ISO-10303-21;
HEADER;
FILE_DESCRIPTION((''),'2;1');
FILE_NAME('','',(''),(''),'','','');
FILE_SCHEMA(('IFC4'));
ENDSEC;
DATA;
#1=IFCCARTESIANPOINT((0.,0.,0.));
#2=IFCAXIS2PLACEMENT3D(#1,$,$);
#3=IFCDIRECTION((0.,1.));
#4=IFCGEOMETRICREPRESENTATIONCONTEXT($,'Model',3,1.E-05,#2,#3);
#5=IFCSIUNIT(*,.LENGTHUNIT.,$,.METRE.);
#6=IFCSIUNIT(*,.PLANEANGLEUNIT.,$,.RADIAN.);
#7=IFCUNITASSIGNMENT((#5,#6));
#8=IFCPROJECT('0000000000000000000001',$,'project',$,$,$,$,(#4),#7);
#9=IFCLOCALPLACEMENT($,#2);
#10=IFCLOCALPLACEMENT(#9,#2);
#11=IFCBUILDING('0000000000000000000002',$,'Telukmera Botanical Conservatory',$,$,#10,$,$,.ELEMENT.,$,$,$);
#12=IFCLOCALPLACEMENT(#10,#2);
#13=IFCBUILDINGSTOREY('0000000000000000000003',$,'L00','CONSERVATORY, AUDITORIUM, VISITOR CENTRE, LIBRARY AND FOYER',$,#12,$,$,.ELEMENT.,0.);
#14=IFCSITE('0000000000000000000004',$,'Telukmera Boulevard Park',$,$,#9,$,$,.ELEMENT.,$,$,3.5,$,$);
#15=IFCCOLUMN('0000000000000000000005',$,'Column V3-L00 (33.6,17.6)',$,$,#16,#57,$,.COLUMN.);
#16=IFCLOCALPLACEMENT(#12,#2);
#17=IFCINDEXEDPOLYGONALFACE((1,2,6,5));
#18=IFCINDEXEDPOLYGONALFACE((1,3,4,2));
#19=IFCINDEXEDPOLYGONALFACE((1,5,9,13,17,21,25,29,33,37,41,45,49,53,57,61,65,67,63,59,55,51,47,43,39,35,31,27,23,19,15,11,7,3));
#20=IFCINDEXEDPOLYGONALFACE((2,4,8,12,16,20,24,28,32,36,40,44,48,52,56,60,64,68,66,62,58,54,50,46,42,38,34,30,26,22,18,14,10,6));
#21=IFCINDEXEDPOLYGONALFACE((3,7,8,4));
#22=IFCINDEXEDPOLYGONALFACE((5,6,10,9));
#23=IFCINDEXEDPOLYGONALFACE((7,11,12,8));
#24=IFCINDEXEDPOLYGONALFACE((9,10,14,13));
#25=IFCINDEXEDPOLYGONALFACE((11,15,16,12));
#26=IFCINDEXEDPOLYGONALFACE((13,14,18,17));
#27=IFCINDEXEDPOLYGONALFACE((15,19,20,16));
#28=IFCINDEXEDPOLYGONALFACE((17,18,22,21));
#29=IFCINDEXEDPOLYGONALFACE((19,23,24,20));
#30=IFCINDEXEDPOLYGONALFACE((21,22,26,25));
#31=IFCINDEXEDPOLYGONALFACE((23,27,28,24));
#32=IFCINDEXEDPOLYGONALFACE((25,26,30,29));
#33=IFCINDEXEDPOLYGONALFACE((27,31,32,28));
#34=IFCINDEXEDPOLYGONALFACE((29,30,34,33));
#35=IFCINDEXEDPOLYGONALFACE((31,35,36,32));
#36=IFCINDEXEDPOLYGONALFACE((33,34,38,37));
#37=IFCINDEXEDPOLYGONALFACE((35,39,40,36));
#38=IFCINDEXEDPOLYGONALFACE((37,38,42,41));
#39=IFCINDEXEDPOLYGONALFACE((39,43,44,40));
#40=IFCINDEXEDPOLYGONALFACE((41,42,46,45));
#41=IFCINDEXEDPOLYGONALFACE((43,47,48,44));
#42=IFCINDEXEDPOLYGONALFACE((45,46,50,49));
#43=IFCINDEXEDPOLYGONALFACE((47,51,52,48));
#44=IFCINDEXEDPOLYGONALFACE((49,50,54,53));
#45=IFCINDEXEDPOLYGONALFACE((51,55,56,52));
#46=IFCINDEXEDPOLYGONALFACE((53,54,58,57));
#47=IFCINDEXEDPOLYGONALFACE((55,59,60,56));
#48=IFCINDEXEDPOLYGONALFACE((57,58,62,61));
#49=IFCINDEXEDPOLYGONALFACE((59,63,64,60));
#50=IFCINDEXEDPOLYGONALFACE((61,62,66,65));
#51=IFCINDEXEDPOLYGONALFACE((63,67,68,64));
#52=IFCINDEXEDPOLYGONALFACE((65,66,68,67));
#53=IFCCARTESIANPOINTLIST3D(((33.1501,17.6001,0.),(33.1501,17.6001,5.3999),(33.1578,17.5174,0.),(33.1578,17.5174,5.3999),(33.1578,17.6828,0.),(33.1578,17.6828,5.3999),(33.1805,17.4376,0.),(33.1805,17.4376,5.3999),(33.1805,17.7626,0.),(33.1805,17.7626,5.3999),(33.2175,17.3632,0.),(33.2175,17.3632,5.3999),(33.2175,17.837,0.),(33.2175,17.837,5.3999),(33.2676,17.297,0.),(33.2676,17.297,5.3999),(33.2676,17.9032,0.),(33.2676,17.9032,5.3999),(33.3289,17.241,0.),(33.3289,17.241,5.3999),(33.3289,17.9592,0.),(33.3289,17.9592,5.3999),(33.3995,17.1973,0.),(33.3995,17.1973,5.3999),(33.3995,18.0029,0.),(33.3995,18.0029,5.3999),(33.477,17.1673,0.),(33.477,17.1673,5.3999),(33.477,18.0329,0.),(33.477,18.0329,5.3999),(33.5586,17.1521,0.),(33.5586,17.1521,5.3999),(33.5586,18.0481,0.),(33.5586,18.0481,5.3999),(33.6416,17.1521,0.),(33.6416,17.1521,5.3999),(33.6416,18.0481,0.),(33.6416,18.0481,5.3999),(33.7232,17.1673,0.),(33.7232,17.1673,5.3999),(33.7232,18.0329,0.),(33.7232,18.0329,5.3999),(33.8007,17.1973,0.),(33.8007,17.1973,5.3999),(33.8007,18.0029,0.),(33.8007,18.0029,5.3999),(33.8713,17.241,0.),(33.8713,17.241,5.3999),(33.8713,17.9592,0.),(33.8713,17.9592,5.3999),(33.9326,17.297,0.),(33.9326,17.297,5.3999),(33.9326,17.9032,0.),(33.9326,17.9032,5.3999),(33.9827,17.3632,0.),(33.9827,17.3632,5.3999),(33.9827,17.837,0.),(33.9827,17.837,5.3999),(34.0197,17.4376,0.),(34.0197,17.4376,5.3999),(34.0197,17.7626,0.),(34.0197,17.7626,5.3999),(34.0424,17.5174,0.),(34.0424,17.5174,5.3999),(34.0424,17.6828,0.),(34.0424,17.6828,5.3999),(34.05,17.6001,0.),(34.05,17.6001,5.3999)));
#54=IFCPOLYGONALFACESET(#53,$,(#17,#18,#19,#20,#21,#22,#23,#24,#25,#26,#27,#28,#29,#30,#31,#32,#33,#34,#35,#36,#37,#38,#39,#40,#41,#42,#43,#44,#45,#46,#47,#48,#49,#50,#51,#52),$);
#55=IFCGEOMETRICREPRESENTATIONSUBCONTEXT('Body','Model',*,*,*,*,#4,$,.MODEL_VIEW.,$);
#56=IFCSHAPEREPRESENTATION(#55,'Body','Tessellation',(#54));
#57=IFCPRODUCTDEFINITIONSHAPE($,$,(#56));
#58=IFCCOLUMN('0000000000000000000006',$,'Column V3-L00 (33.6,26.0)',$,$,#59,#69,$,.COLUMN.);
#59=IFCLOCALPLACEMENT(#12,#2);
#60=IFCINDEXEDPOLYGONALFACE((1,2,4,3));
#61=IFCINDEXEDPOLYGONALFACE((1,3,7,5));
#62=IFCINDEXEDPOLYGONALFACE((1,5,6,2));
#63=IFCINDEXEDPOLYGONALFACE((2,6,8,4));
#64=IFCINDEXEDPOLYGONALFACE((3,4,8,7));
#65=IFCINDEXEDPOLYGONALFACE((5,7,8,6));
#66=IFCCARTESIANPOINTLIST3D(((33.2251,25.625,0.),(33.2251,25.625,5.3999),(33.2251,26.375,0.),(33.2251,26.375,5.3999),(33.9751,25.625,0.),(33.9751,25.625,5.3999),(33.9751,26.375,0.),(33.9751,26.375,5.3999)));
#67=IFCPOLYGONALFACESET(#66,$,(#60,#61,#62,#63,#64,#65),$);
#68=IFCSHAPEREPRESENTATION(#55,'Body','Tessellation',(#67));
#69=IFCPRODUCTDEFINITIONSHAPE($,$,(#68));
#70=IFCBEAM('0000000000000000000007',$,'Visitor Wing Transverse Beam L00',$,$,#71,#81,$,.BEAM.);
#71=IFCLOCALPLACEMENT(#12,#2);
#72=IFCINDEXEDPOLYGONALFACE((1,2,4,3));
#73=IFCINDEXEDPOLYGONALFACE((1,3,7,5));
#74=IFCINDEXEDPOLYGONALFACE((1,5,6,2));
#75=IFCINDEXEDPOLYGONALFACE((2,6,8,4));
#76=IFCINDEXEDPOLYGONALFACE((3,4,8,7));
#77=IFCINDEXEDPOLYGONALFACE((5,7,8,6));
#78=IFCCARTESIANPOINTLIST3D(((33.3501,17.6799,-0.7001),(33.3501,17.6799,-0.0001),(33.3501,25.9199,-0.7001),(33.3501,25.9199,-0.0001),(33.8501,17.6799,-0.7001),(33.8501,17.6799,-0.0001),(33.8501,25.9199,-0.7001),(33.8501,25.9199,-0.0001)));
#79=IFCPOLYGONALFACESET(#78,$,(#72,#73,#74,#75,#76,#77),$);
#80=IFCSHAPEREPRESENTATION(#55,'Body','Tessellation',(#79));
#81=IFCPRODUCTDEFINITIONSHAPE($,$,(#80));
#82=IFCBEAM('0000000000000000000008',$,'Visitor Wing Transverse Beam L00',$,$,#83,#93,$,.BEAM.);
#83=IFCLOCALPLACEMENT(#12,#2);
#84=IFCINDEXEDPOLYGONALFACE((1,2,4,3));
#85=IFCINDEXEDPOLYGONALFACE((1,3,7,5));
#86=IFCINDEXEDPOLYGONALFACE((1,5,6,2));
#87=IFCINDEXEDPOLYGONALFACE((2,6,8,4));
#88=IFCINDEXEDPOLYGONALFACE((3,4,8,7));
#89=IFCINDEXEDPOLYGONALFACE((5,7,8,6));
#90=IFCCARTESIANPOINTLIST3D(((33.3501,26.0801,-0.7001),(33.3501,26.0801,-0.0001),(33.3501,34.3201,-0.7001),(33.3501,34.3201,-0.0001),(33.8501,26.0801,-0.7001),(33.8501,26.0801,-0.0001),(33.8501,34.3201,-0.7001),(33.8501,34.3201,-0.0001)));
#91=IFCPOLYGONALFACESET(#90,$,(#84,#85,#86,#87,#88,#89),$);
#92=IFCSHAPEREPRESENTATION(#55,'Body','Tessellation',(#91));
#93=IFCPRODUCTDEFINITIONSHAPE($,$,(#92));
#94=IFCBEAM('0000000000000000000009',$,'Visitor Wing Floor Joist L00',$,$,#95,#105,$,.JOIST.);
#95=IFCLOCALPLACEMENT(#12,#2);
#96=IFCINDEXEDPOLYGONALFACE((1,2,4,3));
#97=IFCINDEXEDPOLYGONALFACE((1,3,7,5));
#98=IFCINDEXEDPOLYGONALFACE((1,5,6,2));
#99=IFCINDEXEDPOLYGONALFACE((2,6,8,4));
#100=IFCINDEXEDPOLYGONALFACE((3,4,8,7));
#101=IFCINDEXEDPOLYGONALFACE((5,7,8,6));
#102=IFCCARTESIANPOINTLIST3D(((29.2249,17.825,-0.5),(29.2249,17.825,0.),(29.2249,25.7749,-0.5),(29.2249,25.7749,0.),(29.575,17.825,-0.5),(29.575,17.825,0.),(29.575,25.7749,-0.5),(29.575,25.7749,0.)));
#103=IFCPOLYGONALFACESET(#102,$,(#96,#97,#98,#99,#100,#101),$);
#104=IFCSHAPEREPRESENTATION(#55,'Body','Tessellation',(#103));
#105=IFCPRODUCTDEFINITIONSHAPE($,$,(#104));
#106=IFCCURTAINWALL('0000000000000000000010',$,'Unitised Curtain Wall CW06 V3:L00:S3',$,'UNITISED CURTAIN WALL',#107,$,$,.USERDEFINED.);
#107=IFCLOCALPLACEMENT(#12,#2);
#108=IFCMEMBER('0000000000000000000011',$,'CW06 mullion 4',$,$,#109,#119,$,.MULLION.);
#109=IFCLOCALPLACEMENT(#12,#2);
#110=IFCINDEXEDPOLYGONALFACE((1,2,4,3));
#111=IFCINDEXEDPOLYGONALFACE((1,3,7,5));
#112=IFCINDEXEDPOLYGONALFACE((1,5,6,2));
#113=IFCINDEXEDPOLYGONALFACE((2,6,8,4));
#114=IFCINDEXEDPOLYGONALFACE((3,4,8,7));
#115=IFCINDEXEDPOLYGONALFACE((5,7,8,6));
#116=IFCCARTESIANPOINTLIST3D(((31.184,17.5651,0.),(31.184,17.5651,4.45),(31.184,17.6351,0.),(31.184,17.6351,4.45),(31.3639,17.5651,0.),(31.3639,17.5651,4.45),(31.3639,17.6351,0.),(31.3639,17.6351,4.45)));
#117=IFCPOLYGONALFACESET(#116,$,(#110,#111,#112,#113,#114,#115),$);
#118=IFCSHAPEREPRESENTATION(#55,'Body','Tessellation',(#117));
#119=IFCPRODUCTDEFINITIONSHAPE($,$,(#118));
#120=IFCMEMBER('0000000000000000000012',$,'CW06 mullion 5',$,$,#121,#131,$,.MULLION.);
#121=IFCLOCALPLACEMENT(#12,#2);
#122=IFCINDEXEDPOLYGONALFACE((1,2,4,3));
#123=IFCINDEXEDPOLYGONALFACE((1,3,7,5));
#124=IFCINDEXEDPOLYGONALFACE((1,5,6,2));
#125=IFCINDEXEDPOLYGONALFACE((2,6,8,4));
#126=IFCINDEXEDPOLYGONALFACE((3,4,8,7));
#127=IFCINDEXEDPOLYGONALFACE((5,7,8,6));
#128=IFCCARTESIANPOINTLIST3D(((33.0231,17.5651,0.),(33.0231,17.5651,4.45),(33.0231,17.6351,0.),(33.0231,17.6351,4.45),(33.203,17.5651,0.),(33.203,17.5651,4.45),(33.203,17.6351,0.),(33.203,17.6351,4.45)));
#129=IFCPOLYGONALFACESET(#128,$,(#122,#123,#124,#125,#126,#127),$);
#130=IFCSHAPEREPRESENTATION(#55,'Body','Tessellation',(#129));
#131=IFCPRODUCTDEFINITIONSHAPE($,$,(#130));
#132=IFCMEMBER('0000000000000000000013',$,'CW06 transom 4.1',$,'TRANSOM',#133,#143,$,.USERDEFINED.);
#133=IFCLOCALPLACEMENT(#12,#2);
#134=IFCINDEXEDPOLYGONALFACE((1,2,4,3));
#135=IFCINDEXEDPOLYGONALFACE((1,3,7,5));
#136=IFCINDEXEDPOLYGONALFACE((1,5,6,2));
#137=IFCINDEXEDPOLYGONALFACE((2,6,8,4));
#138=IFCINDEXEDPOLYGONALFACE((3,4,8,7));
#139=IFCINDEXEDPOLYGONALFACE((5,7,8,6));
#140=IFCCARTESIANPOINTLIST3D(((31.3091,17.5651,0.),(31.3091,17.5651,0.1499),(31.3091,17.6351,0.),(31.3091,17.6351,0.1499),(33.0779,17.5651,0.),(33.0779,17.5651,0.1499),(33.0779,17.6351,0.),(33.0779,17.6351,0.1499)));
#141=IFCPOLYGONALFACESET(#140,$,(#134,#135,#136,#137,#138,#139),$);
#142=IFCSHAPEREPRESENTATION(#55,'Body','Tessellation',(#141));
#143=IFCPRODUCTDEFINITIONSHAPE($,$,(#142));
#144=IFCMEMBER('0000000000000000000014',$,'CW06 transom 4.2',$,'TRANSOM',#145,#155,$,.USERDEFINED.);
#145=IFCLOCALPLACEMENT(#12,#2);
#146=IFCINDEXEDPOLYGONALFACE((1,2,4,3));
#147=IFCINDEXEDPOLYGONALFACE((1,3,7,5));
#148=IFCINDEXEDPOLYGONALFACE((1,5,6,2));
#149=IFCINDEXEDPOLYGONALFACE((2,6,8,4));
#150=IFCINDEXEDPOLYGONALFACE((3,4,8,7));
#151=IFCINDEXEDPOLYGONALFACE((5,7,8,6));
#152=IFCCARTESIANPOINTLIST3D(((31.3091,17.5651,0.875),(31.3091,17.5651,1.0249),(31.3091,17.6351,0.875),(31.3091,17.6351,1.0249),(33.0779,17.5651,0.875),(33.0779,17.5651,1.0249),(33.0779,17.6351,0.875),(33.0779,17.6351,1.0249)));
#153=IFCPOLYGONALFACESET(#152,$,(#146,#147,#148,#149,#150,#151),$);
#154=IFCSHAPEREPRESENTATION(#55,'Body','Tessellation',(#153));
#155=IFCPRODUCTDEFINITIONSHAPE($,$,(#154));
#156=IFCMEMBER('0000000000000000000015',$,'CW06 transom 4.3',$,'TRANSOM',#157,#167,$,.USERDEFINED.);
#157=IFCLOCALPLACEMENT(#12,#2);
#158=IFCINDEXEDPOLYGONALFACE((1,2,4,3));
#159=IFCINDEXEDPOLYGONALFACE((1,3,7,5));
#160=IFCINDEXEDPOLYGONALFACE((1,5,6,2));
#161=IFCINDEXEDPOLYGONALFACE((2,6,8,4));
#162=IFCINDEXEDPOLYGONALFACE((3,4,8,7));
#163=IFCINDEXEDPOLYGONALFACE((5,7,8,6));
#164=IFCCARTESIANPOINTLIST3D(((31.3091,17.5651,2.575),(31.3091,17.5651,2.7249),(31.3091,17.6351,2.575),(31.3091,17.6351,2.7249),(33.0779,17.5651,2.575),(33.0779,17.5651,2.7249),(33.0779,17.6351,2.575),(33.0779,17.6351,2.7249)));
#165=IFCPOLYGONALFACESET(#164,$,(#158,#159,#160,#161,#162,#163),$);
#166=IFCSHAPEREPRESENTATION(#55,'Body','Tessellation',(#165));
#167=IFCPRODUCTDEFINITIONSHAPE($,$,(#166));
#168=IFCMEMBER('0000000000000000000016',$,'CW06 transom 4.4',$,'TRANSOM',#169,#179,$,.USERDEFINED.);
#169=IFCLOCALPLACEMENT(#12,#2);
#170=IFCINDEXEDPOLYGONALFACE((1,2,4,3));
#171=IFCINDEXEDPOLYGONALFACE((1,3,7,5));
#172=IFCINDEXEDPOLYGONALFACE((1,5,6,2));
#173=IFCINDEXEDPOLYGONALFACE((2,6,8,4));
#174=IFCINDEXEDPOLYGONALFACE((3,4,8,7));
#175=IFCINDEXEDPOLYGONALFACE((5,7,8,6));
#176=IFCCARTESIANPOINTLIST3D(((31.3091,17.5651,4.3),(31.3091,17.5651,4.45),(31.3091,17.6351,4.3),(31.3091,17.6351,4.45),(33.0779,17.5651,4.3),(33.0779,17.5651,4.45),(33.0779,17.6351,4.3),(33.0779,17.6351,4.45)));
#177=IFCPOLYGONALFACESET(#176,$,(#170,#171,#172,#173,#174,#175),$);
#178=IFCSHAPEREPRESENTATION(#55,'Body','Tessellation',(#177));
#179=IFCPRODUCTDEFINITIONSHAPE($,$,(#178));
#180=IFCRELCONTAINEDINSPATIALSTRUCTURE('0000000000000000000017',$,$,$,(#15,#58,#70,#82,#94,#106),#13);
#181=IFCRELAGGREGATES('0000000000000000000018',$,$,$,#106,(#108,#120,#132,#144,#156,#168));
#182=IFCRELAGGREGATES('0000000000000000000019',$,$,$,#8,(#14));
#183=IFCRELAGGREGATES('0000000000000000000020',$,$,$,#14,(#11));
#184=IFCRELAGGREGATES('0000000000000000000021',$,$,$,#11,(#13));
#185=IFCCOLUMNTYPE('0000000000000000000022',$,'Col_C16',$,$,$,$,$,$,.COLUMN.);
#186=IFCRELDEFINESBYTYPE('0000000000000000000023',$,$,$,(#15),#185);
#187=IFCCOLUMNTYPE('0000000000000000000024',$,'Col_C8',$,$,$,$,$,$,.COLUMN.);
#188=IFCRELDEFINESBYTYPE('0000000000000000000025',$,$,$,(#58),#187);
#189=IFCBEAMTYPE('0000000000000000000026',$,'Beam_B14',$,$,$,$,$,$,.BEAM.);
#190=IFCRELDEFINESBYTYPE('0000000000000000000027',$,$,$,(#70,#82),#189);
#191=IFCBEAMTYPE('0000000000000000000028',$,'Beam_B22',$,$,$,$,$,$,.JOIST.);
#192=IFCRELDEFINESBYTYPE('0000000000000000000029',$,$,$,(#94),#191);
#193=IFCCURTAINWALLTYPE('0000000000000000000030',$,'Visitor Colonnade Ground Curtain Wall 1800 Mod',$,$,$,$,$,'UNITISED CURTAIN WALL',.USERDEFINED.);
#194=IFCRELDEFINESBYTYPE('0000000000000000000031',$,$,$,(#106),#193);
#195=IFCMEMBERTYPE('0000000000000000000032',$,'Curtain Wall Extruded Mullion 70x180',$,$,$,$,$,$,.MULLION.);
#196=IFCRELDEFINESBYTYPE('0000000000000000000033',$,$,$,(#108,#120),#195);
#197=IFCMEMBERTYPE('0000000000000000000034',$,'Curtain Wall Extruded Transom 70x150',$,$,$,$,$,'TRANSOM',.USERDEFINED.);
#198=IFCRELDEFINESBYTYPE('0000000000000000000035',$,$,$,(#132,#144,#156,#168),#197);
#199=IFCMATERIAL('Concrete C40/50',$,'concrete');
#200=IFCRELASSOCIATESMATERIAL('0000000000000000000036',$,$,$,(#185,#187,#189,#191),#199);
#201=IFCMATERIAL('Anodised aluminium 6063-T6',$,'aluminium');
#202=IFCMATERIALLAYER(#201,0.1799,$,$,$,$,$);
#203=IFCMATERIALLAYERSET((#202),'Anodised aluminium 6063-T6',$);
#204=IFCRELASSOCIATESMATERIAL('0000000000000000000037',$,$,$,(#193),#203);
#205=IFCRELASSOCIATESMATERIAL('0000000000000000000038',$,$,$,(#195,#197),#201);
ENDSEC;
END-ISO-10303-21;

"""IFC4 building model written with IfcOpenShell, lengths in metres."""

from ifc_helpers import new_model, si_unit, direction, frame, origin, origin_2d, place, context, subcontext, project, spatial, rectangle, circle, extrude, material, layer, layer_set, material_profile, profile_set, type_object, element, aggregate, save


model = new_model("IFC4")

# Units and contexts
model_context = context("Model", 3, precision=1e-05, world=origin(), true_north=direction((0.0, 1.0)))
body_context = subcontext(model_context, "Body", "Model", "MODEL_VIEW")
ifc_project = project(units=[si_unit("LENGTHUNIT", "METRE"), si_unit("PLANEANGLEUNIT", "RADIAN")], contexts=[model_context])

# Site, building, storey
site_placement = place(None, origin())
site = spatial("IfcSite", under=ifc_project, at=site_placement, Name="Telukmera Boulevard Park", CompositionType="ELEMENT", RefElevation=3.5)
building_placement = place(site_placement, origin())
building = spatial("IfcBuilding", under=site, at=building_placement, Name="Telukmera Botanical Conservatory", CompositionType="ELEMENT")
storey_placement = place(building_placement, origin())
storey = spatial("IfcBuildingStorey", under=building, at=storey_placement, Name="L00", Description="CONSERVATORY, AUDITORIUM, VISITOR CENTRE, LIBRARY AND FOYER", CompositionType="ELEMENT", Elevation=0.0)

# Columns
ifc_material_1 = material(Name="Concrete C40/50", Category="concrete")
ifc_material_profile_1 = material_profile(ifc_material_1, circle(Radius=0.45, at=origin_2d()), Name="RC D900")
ifc_profile_set_1 = profile_set([ifc_material_profile_1], Name="Concrete C40/50")
column_type_1 = type_object("IfcColumnType", Name="Col_C16", PredefinedType="COLUMN", material=ifc_profile_set_1)
column_1_placement = place(storey_placement, frame((33.6001, 17.6001, 0.0), z_axis=(0.0, 0.0, 1.0), x_axis=(1.0, 0.0, 0.0)))
element("IfcColumn", 1, at=column_1_placement, inside=storey, type_object=column_type_1, Name="Column V3-L00 (33.6,17.6)", PredefinedType="COLUMN", context=body_context, shape_type="SweptSolid", body=[
    extrude(circle(Radius=0.45, at=origin_2d()), origin(), (0.0, 0.0, 1.0), 5.3999),
])
ifc_material_profile_2 = material_profile(ifc_material_1, rectangle(XDim=0.75, YDim=0.75, at=origin_2d()), Name="RC 750x750")
ifc_profile_set_2 = profile_set([ifc_material_profile_2], Name="Concrete C40/50")
column_type_2 = type_object("IfcColumnType", Name="Col_C8", PredefinedType="COLUMN", material=ifc_profile_set_2)
column_2_placement = place(storey_placement, frame((33.6001, 26.0, 0.0), z_axis=(0.0, 0.0, 1.0), x_axis=(1.0, 0.0, 0.0)))
element("IfcColumn", 2, at=column_2_placement, inside=storey, type_object=column_type_2, Name="Column V3-L00 (33.6,26.0)", PredefinedType="COLUMN", context=body_context, shape_type="SweptSolid", body=[
    extrude(rectangle(XDim=0.75, YDim=0.75, at=origin_2d()), origin(), (0.0, 0.0, 1.0), 5.3999),
])

# Beams
ifc_material_profile_3 = material_profile(ifc_material_1, rectangle(XDim=0.5, YDim=0.7, at=origin_2d()), Name="RC 500x700")
ifc_profile_set_3 = profile_set([ifc_material_profile_3], Name="Concrete C40/50")
beam_type_1 = type_object("IfcBeamType", Name="Beam_B14", PredefinedType="BEAM", material=ifc_profile_set_3)
for number, where, z_axis, x_axis, name in (
    (3, (33.6001, 17.6799, -0.3501), (0.0, 1.0, 0.0), (-1.0, 0.0, 0.0), "Visitor Wing Transverse Beam L00"),
    (4, (33.6001, 26.0801, -0.3501), (0.0, 1.0, 0.0), (-1.0, 0.0, 0.0), "Visitor Wing Transverse Beam L00"),
):
    element("IfcBeam", number, at=place(storey_placement, frame(where, z_axis=z_axis, x_axis=x_axis)), inside=storey, type_object=beam_type_1, Name=name, PredefinedType="BEAM", context=body_context, shape_type="SweptSolid", body=[
        extrude(rectangle(XDim=0.5, YDim=0.7, at=origin_2d()), origin(), (0.0, 0.0, 1.0), 8.24),
    ])
ifc_material_profile_4 = material_profile(ifc_material_1, rectangle(XDim=0.3501, YDim=0.5, at=origin_2d()), Name="RC 350x500")
ifc_profile_set_4 = profile_set([ifc_material_profile_4], Name="Concrete C40/50")
beam_type_2 = type_object("IfcBeamType", Name="Beam_B22", PredefinedType="JOIST", material=ifc_profile_set_4)
beam_placement = place(storey_placement, frame((29.3999, 17.825, -0.25), z_axis=(0.0, 1.0, 0.0), x_axis=(-1.0, 0.0, 0.0)))
element("IfcBeam", 5, at=beam_placement, inside=storey, type_object=beam_type_2, Name="Visitor Wing Floor Joist L00", PredefinedType="JOIST", context=body_context, shape_type="SweptSolid", body=[
    extrude(rectangle(XDim=0.3501, YDim=0.5, at=origin_2d()), origin(), (0.0, 0.0, 1.0), 7.95),
])

# Curtain wall, members
ifc_material_2 = material(Name="Anodised aluminium 6063-T6", Category="aluminium")
ifc_layer_1 = layer(ifc_material_2, 0.1799)
ifc_layer_set_1 = layer_set([ifc_layer_1], Name="Anodised aluminium 6063-T6")
curtain_wall_type = type_object("IfcCurtainWallType", Name="Visitor Colonnade Ground Curtain Wall 1800 Mod", ElementType="UNITISED CURTAIN WALL", PredefinedType="USERDEFINED", material=ifc_layer_set_1)
curtain_wall_placement = place(storey_placement, origin())
curtain_wall = element("IfcCurtainWall", 6, at=curtain_wall_placement, inside=storey, type_object=curtain_wall_type, Name="Unitised Curtain Wall CW06 V3:L00:S3", ObjectType="UNITISED CURTAIN WALL", PredefinedType="USERDEFINED")
ifc_material_profile_5 = material_profile(ifc_material_2, rectangle(XDim=0.0701, YDim=0.1799, at=origin_2d()), Name="ALU MULL 70x180")
ifc_profile_set_5 = profile_set([ifc_material_profile_5], Name="Anodised aluminium 6063-T6")
member_type_1 = type_object("IfcMemberType", Name="Curtain Wall Extruded Mullion 70x180", PredefinedType="MULLION", material=ifc_profile_set_5)
member_1_placement = place(storey_placement, frame((31.2739, 17.6001, 0.0), z_axis=(0.0, 0.0, 1.0), x_axis=(0.0, 1.0, 0.0)))
member_1 = element("IfcMember", 7, at=member_1_placement, type_object=member_type_1, Name="CW06 mullion 4", PredefinedType="MULLION", context=body_context, shape_type="SweptSolid", body=[
    extrude(rectangle(XDim=0.0701, YDim=0.1799, at=origin_2d()), origin(), (0.0, 0.0, 1.0), 4.45),
])
member_2_placement = place(storey_placement, frame((33.113, 17.6001, 0.0), z_axis=(0.0, 0.0, 1.0), x_axis=(0.0, 1.0, 0.0)))
member_2 = element("IfcMember", 8, at=member_2_placement, type_object=member_type_1, Name="CW06 mullion 5", PredefinedType="MULLION", context=body_context, shape_type="SweptSolid", body=[
    extrude(rectangle(XDim=0.0701, YDim=0.1799, at=origin_2d()), origin(), (0.0, 0.0, 1.0), 4.45),
])
ifc_material_profile_6 = material_profile(ifc_material_2, rectangle(XDim=0.0701, YDim=0.1499, at=origin_2d()), Name="ALU TRAN 70x150")
ifc_profile_set_6 = profile_set([ifc_material_profile_6], Name="Anodised aluminium 6063-T6")
member_type_2 = type_object("IfcMemberType", Name="Curtain Wall Extruded Transom 70x150", ElementType="TRANSOM", PredefinedType="USERDEFINED", material=ifc_profile_set_6)
member_3_placement = place(storey_placement, frame((31.3091, 17.6001, 0.075), z_axis=(1.0, 0.0, 0.0), x_axis=(0.0, 1.0, 0.0)))
member_3 = element("IfcMember", 9, at=member_3_placement, type_object=member_type_2, Name="CW06 transom 4.1", ObjectType="TRANSOM", PredefinedType="USERDEFINED", context=body_context, shape_type="SweptSolid", body=[
    extrude(rectangle(XDim=0.0701, YDim=0.1499, at=origin_2d()), origin(), (0.0, 0.0, 1.0), 1.7688),
])
member_4_placement = place(storey_placement, frame((31.3091, 17.6001, 0.95), z_axis=(1.0, 0.0, 0.0), x_axis=(0.0, 1.0, 0.0)))
member_4 = element("IfcMember", 10, at=member_4_placement, type_object=member_type_2, Name="CW06 transom 4.2", ObjectType="TRANSOM", PredefinedType="USERDEFINED", context=body_context, shape_type="SweptSolid", body=[
    extrude(rectangle(XDim=0.0701, YDim=0.1499, at=origin_2d()), origin(), (0.0, 0.0, 1.0), 1.7688),
])
member_5_placement = place(storey_placement, frame((31.3091, 17.6001, 2.6499), z_axis=(1.0, 0.0, 0.0), x_axis=(0.0, 1.0, 0.0)))
member_5 = element("IfcMember", 11, at=member_5_placement, type_object=member_type_2, Name="CW06 transom 4.3", ObjectType="TRANSOM", PredefinedType="USERDEFINED", context=body_context, shape_type="SweptSolid", body=[
    extrude(rectangle(XDim=0.0701, YDim=0.1499, at=origin_2d()), origin(), (0.0, 0.0, 1.0), 1.7688),
])
member_6_placement = place(storey_placement, frame((31.3091, 17.6001, 4.375), z_axis=(1.0, 0.0, 0.0), x_axis=(0.0, 1.0, 0.0)))
member_6 = element("IfcMember", 12, at=member_6_placement, type_object=member_type_2, Name="CW06 transom 4.4", ObjectType="TRANSOM", PredefinedType="USERDEFINED", context=body_context, shape_type="SweptSolid", body=[
    extrude(rectangle(XDim=0.0701, YDim=0.1499, at=origin_2d()), origin(), (0.0, 0.0, 1.0), 1.7688),
])
aggregate(curtain_wall, [member_1, member_2, member_3, member_4, member_5, member_6])

save(model, "model.ifc")
